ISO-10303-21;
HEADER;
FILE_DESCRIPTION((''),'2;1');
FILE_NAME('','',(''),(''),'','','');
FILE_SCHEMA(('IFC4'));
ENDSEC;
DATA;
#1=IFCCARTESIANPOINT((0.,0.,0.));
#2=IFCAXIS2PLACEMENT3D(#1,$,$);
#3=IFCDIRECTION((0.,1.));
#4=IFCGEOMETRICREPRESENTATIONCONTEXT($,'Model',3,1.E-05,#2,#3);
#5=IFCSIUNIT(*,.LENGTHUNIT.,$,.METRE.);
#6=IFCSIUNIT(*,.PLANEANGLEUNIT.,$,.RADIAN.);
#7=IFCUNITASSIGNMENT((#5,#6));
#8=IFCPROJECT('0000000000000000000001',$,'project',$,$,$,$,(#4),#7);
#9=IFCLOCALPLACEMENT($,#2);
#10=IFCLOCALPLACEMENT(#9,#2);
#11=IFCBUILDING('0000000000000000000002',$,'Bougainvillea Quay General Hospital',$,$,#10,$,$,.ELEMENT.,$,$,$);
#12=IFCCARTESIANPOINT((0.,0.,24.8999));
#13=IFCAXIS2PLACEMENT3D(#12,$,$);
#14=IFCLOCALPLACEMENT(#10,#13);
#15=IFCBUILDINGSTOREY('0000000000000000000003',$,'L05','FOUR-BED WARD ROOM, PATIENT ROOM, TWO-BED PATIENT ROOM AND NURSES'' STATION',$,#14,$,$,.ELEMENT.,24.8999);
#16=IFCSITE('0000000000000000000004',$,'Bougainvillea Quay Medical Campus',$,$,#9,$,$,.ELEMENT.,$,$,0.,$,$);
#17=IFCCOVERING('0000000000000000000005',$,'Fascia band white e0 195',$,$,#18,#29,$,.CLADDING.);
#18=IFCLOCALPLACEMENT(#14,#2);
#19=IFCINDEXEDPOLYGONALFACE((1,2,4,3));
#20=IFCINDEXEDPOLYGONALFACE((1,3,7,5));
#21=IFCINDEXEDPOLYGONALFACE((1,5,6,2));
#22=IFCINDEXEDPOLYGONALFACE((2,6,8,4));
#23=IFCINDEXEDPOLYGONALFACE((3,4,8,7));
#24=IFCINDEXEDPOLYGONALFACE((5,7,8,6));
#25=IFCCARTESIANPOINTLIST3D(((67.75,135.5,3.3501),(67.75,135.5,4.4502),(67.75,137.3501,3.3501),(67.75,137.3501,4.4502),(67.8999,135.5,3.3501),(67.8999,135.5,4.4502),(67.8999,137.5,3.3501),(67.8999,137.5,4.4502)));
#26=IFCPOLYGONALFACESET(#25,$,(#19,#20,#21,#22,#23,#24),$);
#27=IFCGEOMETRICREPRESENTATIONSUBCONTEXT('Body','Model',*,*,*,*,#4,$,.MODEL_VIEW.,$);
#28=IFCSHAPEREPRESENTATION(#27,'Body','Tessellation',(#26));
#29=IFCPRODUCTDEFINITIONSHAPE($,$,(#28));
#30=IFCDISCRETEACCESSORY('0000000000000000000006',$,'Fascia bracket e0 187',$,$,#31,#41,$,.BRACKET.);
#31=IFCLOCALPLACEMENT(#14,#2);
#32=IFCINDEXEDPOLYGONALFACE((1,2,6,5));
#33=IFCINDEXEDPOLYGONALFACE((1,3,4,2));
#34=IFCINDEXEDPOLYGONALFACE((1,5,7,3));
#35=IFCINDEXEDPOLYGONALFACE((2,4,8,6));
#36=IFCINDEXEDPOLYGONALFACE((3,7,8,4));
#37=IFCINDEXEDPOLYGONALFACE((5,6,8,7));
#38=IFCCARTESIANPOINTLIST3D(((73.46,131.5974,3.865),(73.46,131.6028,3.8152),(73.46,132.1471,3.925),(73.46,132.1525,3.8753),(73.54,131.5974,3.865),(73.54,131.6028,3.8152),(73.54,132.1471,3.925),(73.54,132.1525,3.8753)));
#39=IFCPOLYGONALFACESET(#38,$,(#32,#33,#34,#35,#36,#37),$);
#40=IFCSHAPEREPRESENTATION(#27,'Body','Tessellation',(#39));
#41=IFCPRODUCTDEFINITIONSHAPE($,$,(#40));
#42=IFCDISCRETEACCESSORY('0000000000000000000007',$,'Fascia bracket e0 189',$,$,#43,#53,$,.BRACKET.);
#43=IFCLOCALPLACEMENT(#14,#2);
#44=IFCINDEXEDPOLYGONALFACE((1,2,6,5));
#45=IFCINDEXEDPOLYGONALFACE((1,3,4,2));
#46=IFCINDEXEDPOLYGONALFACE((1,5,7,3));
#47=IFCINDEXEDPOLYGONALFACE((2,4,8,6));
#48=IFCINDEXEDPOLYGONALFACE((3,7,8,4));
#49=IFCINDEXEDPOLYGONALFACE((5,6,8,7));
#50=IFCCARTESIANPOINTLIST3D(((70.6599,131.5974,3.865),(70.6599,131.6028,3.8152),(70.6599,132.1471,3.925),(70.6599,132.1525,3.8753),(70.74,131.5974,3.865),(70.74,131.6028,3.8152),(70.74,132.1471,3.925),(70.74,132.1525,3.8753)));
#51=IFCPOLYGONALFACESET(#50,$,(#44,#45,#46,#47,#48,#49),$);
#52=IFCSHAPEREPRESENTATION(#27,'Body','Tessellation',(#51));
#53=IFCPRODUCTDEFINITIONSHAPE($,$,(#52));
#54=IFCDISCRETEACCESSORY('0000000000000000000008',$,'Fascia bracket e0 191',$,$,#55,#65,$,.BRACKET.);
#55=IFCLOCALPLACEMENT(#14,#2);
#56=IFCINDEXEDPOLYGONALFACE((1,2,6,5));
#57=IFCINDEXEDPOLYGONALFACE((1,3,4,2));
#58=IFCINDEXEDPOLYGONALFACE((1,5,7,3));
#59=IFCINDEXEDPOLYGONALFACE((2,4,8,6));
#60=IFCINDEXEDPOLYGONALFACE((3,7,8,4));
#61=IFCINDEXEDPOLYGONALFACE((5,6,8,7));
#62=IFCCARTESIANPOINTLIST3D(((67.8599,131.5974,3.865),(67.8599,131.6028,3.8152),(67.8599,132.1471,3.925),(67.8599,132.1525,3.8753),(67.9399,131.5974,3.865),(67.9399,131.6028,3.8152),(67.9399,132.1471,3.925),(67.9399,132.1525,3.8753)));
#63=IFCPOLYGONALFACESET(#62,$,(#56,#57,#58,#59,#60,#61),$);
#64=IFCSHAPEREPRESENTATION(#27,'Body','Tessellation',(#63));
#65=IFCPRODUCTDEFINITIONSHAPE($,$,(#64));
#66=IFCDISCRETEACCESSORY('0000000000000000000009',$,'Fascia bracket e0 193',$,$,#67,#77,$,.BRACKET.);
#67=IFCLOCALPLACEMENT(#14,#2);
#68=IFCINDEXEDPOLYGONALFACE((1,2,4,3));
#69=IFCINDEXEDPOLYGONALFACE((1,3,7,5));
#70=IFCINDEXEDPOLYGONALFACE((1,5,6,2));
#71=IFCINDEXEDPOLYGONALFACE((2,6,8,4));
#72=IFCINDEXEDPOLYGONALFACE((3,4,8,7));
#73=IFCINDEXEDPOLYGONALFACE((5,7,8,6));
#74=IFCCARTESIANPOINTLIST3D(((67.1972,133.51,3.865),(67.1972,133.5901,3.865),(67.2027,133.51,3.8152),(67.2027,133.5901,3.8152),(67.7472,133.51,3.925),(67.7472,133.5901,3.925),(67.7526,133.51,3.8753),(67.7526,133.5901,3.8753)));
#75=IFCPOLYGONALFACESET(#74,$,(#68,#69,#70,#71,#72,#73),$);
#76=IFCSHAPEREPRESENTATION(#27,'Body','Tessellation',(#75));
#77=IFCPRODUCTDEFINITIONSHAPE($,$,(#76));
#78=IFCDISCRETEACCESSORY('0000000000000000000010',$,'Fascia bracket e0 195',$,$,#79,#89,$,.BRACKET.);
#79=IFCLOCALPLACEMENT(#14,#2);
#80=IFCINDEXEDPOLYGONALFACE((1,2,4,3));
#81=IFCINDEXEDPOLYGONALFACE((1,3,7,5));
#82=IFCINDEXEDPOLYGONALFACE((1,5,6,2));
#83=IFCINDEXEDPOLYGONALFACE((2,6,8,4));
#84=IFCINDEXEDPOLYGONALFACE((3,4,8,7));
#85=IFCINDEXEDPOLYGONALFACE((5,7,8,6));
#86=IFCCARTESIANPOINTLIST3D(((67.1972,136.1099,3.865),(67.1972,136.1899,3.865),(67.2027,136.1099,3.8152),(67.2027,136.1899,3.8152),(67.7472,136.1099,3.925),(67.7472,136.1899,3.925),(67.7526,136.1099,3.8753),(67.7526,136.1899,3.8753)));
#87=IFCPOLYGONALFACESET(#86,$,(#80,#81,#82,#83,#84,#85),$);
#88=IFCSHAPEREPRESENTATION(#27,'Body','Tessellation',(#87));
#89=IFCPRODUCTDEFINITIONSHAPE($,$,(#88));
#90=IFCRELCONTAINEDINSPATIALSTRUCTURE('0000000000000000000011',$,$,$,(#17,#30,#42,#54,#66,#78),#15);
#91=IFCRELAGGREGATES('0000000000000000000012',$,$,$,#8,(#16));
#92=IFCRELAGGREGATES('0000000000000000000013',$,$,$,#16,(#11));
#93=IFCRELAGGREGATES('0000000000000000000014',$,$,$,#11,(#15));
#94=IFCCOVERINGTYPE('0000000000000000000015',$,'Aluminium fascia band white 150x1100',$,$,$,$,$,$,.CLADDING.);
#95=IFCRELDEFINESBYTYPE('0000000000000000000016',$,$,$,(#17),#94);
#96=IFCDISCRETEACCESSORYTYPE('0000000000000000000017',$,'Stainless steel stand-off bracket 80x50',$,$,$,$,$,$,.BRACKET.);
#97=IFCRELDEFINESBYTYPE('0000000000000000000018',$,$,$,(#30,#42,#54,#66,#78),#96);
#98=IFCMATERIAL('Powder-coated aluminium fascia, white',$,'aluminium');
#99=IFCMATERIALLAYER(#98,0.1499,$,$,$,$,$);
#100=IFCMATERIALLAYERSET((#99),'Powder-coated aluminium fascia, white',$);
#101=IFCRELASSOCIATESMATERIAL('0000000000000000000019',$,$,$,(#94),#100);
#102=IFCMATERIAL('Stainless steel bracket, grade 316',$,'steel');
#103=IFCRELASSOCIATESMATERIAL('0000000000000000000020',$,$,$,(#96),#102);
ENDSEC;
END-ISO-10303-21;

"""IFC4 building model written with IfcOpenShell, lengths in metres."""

from ifc_helpers import new_model, si_unit, direction, frame, origin, origin_2d, place, context, subcontext, project, spatial, polyline, rectangle, outline, extrude, material, layer, layer_set, material_profile, profile_set, type_object, element, save


model = new_model("IFC4")

# Units and contexts
model_context = context("Model", 3, precision=1e-05, world=origin(), true_north=direction((0.0, 1.0)))
body_context = subcontext(model_context, "Body", "Model", "MODEL_VIEW")
ifc_project = project(units=[si_unit("LENGTHUNIT", "METRE"), si_unit("PLANEANGLEUNIT", "RADIAN")], contexts=[model_context])

# Site, building, storey
site_placement = place(None, origin())
site = spatial("IfcSite", under=ifc_project, at=site_placement, Name="Bougainvillea Quay Medical Campus", CompositionType="ELEMENT", RefElevation=0.0)
building_placement = place(site_placement, origin())
building = spatial("IfcBuilding", under=site, at=building_placement, Name="Bougainvillea Quay General Hospital", CompositionType="ELEMENT")
storey_placement = place(building_placement, frame((0.0, 0.0, 24.8999)))
storey = spatial("IfcBuildingStorey", under=building, at=storey_placement, Name="L05", Description="FOUR-BED WARD ROOM, PATIENT ROOM, TWO-BED PATIENT ROOM AND NURSES' STATION", CompositionType="ELEMENT", Elevation=24.8999)

# Covering
ifc_material_1 = material(Name="Powder-coated aluminium fascia, white", Category="aluminium")
ifc_layer_1 = layer(ifc_material_1, 0.1499)
ifc_layer_set_1 = layer_set([ifc_layer_1], Name="Powder-coated aluminium fascia, white")
covering_type = type_object("IfcCoveringType", Name="Aluminium fascia band white 150x1100", PredefinedType="CLADDING", material=ifc_layer_set_1)
covering_1_placement = place(storey_placement, frame((67.75, 135.5, 3.3501), z_axis=(0.0, 0.0, 1.0), x_axis=(0.0, 1.0, 0.0)))
element("IfcCovering", 1, at=covering_1_placement, inside=storey, type_object=covering_type, Name="Fascia band white e0 195", PredefinedType="CLADDING", context=body_context, shape_type="SweptSolid", body=[
    extrude(outline(polyline([(0.0, 0.0), (1.8501, 0.0), (2.0, -0.1499), (0.0, -0.1499), (0.0, 0.0)])), origin(), (0.0, 0.0, 1.0), 1.1001),
])

# Discrete accessories
ifc_material_2 = material(Name="Stainless steel bracket, grade 316", Category="steel")
ifc_material_profile_1 = material_profile(ifc_material_2, rectangle(XDim=0.0801, YDim=0.05, at=origin_2d()))
ifc_profile_set_1 = profile_set([ifc_material_profile_1], Name="Stainless steel bracket, grade 316")
discrete_accessory_type = type_object("IfcDiscreteAccessoryType", Name="Stainless steel stand-off bracket 80x50", PredefinedType="BRACKET", material=ifc_profile_set_1)
for number, where, z_axis, x_axis, name in (
    (2, (73.5, 131.6001, 3.8401), (0.0, 0.994087, 0.10859), (-1.0, 0.0, 0.0), "Fascia bracket e0 187"),
    (3, (70.7, 131.6001, 3.8401), (0.0, 0.994087, 0.10859), (-1.0, 0.0, 0.0), "Fascia bracket e0 189"),
    (4, (67.8999, 131.6001, 3.8401), (0.0, 0.994087, 0.10859), (-1.0, 0.0, 0.0), "Fascia bracket e0 191"),
):
    element("IfcDiscreteAccessory", number, at=place(storey_placement, frame(where, z_axis=z_axis, x_axis=x_axis)), inside=storey, type_object=discrete_accessory_type, Name=name, PredefinedType="BRACKET", context=body_context, shape_type="SweptSolid", body=[
        extrude(rectangle(XDim=0.0801, YDim=0.05, at=origin_2d()), origin(), (0.0, 0.0, 1.0), 0.553),
    ])
for number, where, z_axis, x_axis, name in (
    (5, (67.2, 133.55, 3.8401), (0.994092, 0.0, 0.108543), (0.0, 1.0, 0.0), "Fascia bracket e0 193"),
    (6, (67.2, 136.1499, 3.8401), (0.994092, 0.0, 0.108543), (0.0, 1.0, 0.0), "Fascia bracket e0 195"),
):
    element("IfcDiscreteAccessory", number, at=place(storey_placement, frame(where, z_axis=z_axis, x_axis=x_axis)), inside=storey, type_object=discrete_accessory_type, Name=name, PredefinedType="BRACKET", context=body_context, shape_type="SweptSolid", body=[
        extrude(rectangle(XDim=0.0801, YDim=0.05, at=origin_2d()), origin(), (0.0, 0.0, 1.0), 0.5532),
    ])

save(model, "model.ifc")
